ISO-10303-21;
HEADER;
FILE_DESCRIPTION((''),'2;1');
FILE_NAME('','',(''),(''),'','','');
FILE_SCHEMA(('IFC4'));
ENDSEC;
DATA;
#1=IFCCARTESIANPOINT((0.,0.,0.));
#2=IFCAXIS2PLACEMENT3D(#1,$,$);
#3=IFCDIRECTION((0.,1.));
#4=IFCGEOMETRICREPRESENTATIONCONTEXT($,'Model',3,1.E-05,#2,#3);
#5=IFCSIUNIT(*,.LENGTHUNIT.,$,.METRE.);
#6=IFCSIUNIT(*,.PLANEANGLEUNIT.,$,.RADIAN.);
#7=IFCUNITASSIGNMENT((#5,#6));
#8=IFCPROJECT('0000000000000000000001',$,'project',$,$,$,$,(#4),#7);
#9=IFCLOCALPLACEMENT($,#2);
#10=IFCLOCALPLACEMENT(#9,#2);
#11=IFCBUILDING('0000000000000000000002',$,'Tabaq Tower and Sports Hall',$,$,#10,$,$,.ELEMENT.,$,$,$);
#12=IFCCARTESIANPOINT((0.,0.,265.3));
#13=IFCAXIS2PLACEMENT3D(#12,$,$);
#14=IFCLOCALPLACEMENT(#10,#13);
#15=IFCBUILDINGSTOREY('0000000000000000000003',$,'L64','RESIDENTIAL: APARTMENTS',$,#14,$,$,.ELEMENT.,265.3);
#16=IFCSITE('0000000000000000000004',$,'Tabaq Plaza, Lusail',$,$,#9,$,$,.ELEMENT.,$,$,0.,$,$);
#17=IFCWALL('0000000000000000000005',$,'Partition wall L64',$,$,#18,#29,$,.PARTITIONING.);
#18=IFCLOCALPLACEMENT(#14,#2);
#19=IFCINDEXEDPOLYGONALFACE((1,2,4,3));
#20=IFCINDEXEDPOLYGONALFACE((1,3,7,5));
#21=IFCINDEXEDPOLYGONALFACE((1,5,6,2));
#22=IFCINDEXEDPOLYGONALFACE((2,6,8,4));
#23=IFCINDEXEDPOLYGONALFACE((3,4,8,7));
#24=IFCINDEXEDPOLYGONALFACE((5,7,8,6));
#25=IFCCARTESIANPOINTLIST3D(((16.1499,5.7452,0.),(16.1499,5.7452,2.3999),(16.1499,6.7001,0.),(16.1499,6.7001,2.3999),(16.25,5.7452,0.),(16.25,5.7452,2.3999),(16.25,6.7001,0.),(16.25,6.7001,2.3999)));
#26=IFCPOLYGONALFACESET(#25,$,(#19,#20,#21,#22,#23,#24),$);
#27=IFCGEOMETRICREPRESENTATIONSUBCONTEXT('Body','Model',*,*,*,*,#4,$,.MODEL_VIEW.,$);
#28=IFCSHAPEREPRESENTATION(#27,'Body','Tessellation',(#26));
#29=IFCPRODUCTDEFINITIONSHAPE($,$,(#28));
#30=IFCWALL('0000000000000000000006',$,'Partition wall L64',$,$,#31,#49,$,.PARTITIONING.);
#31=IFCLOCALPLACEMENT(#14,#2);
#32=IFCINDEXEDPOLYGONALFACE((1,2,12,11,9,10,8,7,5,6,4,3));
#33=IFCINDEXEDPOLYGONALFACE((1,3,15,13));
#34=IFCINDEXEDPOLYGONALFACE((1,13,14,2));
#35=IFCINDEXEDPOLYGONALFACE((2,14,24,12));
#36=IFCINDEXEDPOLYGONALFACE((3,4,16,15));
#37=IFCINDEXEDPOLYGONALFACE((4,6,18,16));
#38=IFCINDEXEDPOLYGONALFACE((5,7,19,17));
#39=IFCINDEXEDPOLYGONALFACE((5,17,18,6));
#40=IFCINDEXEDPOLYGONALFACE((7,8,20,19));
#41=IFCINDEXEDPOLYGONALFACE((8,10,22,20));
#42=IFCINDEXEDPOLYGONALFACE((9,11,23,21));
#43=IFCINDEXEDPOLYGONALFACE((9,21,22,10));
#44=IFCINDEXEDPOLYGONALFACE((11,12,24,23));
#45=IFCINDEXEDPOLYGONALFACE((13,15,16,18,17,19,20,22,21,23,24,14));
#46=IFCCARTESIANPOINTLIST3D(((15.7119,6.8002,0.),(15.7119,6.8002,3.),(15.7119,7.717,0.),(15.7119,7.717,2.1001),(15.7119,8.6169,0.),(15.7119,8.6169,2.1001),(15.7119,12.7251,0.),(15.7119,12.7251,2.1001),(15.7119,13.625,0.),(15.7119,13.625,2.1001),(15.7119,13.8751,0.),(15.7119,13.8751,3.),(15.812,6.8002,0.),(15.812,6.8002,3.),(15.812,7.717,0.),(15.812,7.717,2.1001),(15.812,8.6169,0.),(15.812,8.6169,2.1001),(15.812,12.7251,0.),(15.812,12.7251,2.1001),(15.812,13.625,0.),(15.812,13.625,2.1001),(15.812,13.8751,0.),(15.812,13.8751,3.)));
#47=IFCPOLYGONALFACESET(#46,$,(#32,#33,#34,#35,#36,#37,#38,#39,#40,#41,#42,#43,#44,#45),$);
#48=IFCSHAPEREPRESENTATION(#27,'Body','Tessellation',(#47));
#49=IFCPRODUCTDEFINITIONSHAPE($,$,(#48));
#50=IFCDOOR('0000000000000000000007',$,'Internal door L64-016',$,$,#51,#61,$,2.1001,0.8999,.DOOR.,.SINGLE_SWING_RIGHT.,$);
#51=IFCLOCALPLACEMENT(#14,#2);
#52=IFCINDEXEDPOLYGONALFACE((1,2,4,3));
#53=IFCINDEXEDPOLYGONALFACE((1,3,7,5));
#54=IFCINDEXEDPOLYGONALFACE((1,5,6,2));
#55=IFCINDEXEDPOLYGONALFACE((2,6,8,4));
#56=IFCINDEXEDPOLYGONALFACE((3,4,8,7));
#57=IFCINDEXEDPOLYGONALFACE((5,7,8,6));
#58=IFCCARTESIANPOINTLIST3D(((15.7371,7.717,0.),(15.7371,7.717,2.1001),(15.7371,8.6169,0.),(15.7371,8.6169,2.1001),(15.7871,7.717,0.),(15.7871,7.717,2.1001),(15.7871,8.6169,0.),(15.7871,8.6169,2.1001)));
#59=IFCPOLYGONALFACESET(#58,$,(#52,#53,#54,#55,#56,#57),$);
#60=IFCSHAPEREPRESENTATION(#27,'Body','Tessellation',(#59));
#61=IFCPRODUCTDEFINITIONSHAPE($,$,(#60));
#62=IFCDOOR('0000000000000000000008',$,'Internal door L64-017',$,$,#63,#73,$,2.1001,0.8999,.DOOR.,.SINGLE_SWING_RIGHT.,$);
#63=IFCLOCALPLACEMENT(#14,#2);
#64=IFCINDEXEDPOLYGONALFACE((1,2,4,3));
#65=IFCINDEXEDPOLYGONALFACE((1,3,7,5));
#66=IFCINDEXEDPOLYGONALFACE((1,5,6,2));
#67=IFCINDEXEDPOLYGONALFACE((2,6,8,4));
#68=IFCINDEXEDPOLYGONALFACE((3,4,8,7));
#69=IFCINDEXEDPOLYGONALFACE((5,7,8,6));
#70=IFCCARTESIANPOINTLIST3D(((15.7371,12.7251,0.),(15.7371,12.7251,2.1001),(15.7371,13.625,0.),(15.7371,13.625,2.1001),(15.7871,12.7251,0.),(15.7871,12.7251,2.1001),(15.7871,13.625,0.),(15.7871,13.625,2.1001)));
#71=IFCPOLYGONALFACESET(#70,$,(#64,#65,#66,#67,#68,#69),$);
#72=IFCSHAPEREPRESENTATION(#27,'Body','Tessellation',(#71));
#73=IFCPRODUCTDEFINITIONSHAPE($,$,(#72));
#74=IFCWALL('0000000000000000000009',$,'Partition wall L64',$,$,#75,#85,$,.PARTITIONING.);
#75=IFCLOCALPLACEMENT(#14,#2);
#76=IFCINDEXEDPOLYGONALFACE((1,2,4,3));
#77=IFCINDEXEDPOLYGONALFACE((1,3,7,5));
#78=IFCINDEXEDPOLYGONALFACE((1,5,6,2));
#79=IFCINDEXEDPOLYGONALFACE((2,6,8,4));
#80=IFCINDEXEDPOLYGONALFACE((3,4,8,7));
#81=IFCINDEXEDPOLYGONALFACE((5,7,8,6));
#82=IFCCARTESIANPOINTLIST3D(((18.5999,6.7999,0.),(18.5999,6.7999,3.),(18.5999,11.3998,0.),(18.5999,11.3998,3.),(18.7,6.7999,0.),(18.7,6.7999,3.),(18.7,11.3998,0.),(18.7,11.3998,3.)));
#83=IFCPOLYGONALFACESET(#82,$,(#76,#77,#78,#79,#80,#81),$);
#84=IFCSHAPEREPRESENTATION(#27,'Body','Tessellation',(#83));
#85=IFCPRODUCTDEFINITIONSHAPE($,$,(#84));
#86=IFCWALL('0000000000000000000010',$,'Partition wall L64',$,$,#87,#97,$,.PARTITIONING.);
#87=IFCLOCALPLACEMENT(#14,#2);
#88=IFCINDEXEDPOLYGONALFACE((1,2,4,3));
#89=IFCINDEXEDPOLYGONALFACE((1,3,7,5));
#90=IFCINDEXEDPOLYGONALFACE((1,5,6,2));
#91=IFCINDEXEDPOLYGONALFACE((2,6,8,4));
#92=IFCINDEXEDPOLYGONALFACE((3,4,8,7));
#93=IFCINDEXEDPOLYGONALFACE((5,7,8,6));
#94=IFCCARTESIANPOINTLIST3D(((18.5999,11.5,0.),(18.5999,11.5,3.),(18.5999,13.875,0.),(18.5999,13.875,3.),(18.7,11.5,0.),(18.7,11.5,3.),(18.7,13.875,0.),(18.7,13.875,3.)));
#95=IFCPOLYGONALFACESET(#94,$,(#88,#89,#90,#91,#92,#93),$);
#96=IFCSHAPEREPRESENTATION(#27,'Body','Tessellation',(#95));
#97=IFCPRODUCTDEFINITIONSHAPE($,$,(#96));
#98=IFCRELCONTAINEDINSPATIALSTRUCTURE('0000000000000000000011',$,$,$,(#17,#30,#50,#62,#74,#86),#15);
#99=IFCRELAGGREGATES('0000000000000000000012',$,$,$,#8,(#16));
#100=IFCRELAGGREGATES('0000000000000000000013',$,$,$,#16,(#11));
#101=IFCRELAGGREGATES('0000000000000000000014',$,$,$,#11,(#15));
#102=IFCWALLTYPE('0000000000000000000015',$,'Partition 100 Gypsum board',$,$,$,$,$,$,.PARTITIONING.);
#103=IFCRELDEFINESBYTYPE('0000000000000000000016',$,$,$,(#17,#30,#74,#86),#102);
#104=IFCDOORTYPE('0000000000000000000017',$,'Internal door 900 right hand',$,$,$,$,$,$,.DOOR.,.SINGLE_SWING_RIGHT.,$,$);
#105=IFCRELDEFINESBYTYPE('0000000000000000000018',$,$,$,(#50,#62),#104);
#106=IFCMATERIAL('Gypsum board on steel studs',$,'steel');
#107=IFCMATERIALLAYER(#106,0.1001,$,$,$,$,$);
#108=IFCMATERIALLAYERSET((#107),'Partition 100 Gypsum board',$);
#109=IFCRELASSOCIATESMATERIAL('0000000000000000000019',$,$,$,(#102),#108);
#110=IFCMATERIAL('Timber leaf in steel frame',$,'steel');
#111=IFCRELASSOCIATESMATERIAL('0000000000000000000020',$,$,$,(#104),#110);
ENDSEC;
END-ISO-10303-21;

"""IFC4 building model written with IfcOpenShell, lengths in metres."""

from ifc_helpers import new_model, si_unit, direction, frame, frame_2d, origin, place, context, subcontext, project, spatial, rectangle, extrude, material, layer, layer_set, type_object, element, fill, save


model = new_model("IFC4")

# Units and contexts
model_context = context("Model", 3, precision=1e-05, world=origin(), true_north=direction((0.0, 1.0)))
body_context = subcontext(model_context, "Body", "Model", "MODEL_VIEW")
ifc_project = project(units=[si_unit("LENGTHUNIT", "METRE"), si_unit("PLANEANGLEUNIT", "RADIAN")], contexts=[model_context])

# Site, building, storey
site_placement = place(None, origin())
site = spatial("IfcSite", under=ifc_project, at=site_placement, Name="Tabaq Plaza, Lusail", CompositionType="ELEMENT", RefElevation=0.0)
building_placement = place(site_placement, origin())
building = spatial("IfcBuilding", under=site, at=building_placement, Name="Tabaq Tower and Sports Hall", CompositionType="ELEMENT")
storey_placement = place(building_placement, frame((0.0, 0.0, 265.3)))
storey = spatial("IfcBuildingStorey", under=building, at=storey_placement, Name="L64", Description="RESIDENTIAL: APARTMENTS", CompositionType="ELEMENT", Elevation=265.3)

# Shared definitions
ifc_material_1 = material(Name="Gypsum board on steel studs", Category="steel")
ifc_layer = layer(ifc_material_1, 0.1001)
ifc_layer_set = layer_set([ifc_layer], Name="Partition 100 Gypsum board")
wall_type = type_object("IfcWallType", Name="Partition 100 Gypsum board", PredefinedType="PARTITIONING", material=ifc_layer_set)
ifc_material_2 = material(Name="Timber leaf in steel frame", Category="steel")
door_type_1 = type_object("IfcDoorType", Name="Internal door 900 right hand", OperationType="SINGLE_SWING_RIGHT", PredefinedType="DOOR", material=ifc_material_2)

# Wall
wall_1_placement = place(storey_placement, frame((16.2, 5.7451, 0.0), z_axis=(0.0, 0.0, 1.0), x_axis=(0.0, 1.0, 0.0)))
element("IfcWall", 1, at=wall_1_placement, inside=storey, type_object=wall_type, Name="Partition wall L64", PredefinedType="PARTITIONING", context=body_context, shape_type="SweptSolid", body=[
    extrude(rectangle(XDim=0.9548, YDim=0.1001, at=frame_2d((0.4775, 0.0))), origin(), (0.0, 0.0, 1.0), 2.3999),
])

# Wall, openings, doors
wall_2_placement = place(storey_placement, frame((15.762, 6.8, 0.0), z_axis=(0.0, 0.0, 1.0), x_axis=(0.0, 1.0, 0.0)))
wall_2 = element("IfcWall", 2, at=wall_2_placement, inside=storey, type_object=wall_type, Name="Partition wall L64", PredefinedType="PARTITIONING", context=body_context, shape_type="SweptSolid", body=[
    extrude(rectangle(XDim=7.075, YDim=0.1001, at=frame_2d((3.5376, 0.0))), origin(), (0.0, 0.0, 1.0), 3.0),
])
opening_1_placement = place(wall_2_placement, frame((0.917, 0.0, 0.0)))
opening_1 = element("IfcOpeningElement", 3, at=opening_1_placement, cuts=wall_2, PredefinedType="OPENING", context=body_context, shape_type="SweptSolid", body=[
    extrude(rectangle(XDim=0.8999, YDim=2.1001, at=frame_2d((0.45, 1.05))), frame((0.0, 0.05, 0.0), z_axis=(0.0, -1.0, 0.0), x_axis=(1.0, 0.0, 0.0)), (0.0, 0.0, 1.0), 0.1001),
])
opening_2_placement = place(wall_2_placement, frame((5.925, 0.0, 0.0)))
opening_2 = element("IfcOpeningElement", 4, at=opening_2_placement, cuts=wall_2, PredefinedType="OPENING", context=body_context, shape_type="SweptSolid", body=[
    extrude(rectangle(XDim=0.8999, YDim=2.1001, at=frame_2d((0.45, 1.05))), frame((0.0, 0.05, 0.0), z_axis=(0.0, -1.0, 0.0), x_axis=(1.0, 0.0, 0.0)), (0.0, 0.0, 1.0), 0.1001),
])
door_1_placement = place(opening_1_placement, origin())
door_1 = element("IfcDoor", 5, at=door_1_placement, inside=storey, type_object=door_type_1, Name="Internal door L64-016", OperationType="SINGLE_SWING_RIGHT", OverallHeight=2.1001, OverallWidth=0.8999, PredefinedType="DOOR", context=body_context, shape_type="SweptSolid", body=[
    extrude(rectangle(XDim=0.8999, YDim=2.1001, at=frame_2d((0.45, 1.05))), frame((0.0, 0.0249, 0.0), z_axis=(0.0, -1.0, 0.0), x_axis=(1.0, 0.0, 0.0)), (0.0, 0.0, 1.0), 0.05),
])
fill(opening_1, door_1)
door_2_placement = place(opening_2_placement, origin())
door_2 = element("IfcDoor", 6, at=door_2_placement, inside=storey, type_object=door_type_1, Name="Internal door L64-017", OperationType="SINGLE_SWING_RIGHT", OverallHeight=2.1001, OverallWidth=0.8999, PredefinedType="DOOR", context=body_context, shape_type="SweptSolid", body=[
    extrude(rectangle(XDim=0.8999, YDim=2.1001, at=frame_2d((0.45, 1.05))), frame((0.0, 0.0249, 0.0), z_axis=(0.0, -1.0, 0.0), x_axis=(1.0, 0.0, 0.0)), (0.0, 0.0, 1.0), 0.05),
])
fill(opening_2, door_2)

# Walls
wall_3_placement = place(storey_placement, frame((18.6499, 6.8, 0.0), z_axis=(0.0, 0.0, 1.0), x_axis=(0.0, 1.0, 0.0)))
element("IfcWall", 7, at=wall_3_placement, inside=storey, type_object=wall_type, Name="Partition wall L64", PredefinedType="PARTITIONING", context=body_context, shape_type="SweptSolid", body=[
    extrude(rectangle(XDim=4.5999, YDim=0.1001, at=frame_2d((2.2998, 0.0))), origin(), (0.0, 0.0, 1.0), 3.0),
])
wall_4_placement = place(storey_placement, frame((18.6499, 11.5, 0.0), z_axis=(0.0, 0.0, 1.0), x_axis=(0.0, 1.0, 0.0)))
element("IfcWall", 8, at=wall_4_placement, inside=storey, type_object=wall_type, Name="Partition wall L64", PredefinedType="PARTITIONING", context=body_context, shape_type="SweptSolid", body=[
    extrude(rectangle(XDim=2.375, YDim=0.1001, at=frame_2d((1.1875, 0.0))), origin(), (0.0, 0.0, 1.0), 3.0),
])

save(model, "model.ifc")
